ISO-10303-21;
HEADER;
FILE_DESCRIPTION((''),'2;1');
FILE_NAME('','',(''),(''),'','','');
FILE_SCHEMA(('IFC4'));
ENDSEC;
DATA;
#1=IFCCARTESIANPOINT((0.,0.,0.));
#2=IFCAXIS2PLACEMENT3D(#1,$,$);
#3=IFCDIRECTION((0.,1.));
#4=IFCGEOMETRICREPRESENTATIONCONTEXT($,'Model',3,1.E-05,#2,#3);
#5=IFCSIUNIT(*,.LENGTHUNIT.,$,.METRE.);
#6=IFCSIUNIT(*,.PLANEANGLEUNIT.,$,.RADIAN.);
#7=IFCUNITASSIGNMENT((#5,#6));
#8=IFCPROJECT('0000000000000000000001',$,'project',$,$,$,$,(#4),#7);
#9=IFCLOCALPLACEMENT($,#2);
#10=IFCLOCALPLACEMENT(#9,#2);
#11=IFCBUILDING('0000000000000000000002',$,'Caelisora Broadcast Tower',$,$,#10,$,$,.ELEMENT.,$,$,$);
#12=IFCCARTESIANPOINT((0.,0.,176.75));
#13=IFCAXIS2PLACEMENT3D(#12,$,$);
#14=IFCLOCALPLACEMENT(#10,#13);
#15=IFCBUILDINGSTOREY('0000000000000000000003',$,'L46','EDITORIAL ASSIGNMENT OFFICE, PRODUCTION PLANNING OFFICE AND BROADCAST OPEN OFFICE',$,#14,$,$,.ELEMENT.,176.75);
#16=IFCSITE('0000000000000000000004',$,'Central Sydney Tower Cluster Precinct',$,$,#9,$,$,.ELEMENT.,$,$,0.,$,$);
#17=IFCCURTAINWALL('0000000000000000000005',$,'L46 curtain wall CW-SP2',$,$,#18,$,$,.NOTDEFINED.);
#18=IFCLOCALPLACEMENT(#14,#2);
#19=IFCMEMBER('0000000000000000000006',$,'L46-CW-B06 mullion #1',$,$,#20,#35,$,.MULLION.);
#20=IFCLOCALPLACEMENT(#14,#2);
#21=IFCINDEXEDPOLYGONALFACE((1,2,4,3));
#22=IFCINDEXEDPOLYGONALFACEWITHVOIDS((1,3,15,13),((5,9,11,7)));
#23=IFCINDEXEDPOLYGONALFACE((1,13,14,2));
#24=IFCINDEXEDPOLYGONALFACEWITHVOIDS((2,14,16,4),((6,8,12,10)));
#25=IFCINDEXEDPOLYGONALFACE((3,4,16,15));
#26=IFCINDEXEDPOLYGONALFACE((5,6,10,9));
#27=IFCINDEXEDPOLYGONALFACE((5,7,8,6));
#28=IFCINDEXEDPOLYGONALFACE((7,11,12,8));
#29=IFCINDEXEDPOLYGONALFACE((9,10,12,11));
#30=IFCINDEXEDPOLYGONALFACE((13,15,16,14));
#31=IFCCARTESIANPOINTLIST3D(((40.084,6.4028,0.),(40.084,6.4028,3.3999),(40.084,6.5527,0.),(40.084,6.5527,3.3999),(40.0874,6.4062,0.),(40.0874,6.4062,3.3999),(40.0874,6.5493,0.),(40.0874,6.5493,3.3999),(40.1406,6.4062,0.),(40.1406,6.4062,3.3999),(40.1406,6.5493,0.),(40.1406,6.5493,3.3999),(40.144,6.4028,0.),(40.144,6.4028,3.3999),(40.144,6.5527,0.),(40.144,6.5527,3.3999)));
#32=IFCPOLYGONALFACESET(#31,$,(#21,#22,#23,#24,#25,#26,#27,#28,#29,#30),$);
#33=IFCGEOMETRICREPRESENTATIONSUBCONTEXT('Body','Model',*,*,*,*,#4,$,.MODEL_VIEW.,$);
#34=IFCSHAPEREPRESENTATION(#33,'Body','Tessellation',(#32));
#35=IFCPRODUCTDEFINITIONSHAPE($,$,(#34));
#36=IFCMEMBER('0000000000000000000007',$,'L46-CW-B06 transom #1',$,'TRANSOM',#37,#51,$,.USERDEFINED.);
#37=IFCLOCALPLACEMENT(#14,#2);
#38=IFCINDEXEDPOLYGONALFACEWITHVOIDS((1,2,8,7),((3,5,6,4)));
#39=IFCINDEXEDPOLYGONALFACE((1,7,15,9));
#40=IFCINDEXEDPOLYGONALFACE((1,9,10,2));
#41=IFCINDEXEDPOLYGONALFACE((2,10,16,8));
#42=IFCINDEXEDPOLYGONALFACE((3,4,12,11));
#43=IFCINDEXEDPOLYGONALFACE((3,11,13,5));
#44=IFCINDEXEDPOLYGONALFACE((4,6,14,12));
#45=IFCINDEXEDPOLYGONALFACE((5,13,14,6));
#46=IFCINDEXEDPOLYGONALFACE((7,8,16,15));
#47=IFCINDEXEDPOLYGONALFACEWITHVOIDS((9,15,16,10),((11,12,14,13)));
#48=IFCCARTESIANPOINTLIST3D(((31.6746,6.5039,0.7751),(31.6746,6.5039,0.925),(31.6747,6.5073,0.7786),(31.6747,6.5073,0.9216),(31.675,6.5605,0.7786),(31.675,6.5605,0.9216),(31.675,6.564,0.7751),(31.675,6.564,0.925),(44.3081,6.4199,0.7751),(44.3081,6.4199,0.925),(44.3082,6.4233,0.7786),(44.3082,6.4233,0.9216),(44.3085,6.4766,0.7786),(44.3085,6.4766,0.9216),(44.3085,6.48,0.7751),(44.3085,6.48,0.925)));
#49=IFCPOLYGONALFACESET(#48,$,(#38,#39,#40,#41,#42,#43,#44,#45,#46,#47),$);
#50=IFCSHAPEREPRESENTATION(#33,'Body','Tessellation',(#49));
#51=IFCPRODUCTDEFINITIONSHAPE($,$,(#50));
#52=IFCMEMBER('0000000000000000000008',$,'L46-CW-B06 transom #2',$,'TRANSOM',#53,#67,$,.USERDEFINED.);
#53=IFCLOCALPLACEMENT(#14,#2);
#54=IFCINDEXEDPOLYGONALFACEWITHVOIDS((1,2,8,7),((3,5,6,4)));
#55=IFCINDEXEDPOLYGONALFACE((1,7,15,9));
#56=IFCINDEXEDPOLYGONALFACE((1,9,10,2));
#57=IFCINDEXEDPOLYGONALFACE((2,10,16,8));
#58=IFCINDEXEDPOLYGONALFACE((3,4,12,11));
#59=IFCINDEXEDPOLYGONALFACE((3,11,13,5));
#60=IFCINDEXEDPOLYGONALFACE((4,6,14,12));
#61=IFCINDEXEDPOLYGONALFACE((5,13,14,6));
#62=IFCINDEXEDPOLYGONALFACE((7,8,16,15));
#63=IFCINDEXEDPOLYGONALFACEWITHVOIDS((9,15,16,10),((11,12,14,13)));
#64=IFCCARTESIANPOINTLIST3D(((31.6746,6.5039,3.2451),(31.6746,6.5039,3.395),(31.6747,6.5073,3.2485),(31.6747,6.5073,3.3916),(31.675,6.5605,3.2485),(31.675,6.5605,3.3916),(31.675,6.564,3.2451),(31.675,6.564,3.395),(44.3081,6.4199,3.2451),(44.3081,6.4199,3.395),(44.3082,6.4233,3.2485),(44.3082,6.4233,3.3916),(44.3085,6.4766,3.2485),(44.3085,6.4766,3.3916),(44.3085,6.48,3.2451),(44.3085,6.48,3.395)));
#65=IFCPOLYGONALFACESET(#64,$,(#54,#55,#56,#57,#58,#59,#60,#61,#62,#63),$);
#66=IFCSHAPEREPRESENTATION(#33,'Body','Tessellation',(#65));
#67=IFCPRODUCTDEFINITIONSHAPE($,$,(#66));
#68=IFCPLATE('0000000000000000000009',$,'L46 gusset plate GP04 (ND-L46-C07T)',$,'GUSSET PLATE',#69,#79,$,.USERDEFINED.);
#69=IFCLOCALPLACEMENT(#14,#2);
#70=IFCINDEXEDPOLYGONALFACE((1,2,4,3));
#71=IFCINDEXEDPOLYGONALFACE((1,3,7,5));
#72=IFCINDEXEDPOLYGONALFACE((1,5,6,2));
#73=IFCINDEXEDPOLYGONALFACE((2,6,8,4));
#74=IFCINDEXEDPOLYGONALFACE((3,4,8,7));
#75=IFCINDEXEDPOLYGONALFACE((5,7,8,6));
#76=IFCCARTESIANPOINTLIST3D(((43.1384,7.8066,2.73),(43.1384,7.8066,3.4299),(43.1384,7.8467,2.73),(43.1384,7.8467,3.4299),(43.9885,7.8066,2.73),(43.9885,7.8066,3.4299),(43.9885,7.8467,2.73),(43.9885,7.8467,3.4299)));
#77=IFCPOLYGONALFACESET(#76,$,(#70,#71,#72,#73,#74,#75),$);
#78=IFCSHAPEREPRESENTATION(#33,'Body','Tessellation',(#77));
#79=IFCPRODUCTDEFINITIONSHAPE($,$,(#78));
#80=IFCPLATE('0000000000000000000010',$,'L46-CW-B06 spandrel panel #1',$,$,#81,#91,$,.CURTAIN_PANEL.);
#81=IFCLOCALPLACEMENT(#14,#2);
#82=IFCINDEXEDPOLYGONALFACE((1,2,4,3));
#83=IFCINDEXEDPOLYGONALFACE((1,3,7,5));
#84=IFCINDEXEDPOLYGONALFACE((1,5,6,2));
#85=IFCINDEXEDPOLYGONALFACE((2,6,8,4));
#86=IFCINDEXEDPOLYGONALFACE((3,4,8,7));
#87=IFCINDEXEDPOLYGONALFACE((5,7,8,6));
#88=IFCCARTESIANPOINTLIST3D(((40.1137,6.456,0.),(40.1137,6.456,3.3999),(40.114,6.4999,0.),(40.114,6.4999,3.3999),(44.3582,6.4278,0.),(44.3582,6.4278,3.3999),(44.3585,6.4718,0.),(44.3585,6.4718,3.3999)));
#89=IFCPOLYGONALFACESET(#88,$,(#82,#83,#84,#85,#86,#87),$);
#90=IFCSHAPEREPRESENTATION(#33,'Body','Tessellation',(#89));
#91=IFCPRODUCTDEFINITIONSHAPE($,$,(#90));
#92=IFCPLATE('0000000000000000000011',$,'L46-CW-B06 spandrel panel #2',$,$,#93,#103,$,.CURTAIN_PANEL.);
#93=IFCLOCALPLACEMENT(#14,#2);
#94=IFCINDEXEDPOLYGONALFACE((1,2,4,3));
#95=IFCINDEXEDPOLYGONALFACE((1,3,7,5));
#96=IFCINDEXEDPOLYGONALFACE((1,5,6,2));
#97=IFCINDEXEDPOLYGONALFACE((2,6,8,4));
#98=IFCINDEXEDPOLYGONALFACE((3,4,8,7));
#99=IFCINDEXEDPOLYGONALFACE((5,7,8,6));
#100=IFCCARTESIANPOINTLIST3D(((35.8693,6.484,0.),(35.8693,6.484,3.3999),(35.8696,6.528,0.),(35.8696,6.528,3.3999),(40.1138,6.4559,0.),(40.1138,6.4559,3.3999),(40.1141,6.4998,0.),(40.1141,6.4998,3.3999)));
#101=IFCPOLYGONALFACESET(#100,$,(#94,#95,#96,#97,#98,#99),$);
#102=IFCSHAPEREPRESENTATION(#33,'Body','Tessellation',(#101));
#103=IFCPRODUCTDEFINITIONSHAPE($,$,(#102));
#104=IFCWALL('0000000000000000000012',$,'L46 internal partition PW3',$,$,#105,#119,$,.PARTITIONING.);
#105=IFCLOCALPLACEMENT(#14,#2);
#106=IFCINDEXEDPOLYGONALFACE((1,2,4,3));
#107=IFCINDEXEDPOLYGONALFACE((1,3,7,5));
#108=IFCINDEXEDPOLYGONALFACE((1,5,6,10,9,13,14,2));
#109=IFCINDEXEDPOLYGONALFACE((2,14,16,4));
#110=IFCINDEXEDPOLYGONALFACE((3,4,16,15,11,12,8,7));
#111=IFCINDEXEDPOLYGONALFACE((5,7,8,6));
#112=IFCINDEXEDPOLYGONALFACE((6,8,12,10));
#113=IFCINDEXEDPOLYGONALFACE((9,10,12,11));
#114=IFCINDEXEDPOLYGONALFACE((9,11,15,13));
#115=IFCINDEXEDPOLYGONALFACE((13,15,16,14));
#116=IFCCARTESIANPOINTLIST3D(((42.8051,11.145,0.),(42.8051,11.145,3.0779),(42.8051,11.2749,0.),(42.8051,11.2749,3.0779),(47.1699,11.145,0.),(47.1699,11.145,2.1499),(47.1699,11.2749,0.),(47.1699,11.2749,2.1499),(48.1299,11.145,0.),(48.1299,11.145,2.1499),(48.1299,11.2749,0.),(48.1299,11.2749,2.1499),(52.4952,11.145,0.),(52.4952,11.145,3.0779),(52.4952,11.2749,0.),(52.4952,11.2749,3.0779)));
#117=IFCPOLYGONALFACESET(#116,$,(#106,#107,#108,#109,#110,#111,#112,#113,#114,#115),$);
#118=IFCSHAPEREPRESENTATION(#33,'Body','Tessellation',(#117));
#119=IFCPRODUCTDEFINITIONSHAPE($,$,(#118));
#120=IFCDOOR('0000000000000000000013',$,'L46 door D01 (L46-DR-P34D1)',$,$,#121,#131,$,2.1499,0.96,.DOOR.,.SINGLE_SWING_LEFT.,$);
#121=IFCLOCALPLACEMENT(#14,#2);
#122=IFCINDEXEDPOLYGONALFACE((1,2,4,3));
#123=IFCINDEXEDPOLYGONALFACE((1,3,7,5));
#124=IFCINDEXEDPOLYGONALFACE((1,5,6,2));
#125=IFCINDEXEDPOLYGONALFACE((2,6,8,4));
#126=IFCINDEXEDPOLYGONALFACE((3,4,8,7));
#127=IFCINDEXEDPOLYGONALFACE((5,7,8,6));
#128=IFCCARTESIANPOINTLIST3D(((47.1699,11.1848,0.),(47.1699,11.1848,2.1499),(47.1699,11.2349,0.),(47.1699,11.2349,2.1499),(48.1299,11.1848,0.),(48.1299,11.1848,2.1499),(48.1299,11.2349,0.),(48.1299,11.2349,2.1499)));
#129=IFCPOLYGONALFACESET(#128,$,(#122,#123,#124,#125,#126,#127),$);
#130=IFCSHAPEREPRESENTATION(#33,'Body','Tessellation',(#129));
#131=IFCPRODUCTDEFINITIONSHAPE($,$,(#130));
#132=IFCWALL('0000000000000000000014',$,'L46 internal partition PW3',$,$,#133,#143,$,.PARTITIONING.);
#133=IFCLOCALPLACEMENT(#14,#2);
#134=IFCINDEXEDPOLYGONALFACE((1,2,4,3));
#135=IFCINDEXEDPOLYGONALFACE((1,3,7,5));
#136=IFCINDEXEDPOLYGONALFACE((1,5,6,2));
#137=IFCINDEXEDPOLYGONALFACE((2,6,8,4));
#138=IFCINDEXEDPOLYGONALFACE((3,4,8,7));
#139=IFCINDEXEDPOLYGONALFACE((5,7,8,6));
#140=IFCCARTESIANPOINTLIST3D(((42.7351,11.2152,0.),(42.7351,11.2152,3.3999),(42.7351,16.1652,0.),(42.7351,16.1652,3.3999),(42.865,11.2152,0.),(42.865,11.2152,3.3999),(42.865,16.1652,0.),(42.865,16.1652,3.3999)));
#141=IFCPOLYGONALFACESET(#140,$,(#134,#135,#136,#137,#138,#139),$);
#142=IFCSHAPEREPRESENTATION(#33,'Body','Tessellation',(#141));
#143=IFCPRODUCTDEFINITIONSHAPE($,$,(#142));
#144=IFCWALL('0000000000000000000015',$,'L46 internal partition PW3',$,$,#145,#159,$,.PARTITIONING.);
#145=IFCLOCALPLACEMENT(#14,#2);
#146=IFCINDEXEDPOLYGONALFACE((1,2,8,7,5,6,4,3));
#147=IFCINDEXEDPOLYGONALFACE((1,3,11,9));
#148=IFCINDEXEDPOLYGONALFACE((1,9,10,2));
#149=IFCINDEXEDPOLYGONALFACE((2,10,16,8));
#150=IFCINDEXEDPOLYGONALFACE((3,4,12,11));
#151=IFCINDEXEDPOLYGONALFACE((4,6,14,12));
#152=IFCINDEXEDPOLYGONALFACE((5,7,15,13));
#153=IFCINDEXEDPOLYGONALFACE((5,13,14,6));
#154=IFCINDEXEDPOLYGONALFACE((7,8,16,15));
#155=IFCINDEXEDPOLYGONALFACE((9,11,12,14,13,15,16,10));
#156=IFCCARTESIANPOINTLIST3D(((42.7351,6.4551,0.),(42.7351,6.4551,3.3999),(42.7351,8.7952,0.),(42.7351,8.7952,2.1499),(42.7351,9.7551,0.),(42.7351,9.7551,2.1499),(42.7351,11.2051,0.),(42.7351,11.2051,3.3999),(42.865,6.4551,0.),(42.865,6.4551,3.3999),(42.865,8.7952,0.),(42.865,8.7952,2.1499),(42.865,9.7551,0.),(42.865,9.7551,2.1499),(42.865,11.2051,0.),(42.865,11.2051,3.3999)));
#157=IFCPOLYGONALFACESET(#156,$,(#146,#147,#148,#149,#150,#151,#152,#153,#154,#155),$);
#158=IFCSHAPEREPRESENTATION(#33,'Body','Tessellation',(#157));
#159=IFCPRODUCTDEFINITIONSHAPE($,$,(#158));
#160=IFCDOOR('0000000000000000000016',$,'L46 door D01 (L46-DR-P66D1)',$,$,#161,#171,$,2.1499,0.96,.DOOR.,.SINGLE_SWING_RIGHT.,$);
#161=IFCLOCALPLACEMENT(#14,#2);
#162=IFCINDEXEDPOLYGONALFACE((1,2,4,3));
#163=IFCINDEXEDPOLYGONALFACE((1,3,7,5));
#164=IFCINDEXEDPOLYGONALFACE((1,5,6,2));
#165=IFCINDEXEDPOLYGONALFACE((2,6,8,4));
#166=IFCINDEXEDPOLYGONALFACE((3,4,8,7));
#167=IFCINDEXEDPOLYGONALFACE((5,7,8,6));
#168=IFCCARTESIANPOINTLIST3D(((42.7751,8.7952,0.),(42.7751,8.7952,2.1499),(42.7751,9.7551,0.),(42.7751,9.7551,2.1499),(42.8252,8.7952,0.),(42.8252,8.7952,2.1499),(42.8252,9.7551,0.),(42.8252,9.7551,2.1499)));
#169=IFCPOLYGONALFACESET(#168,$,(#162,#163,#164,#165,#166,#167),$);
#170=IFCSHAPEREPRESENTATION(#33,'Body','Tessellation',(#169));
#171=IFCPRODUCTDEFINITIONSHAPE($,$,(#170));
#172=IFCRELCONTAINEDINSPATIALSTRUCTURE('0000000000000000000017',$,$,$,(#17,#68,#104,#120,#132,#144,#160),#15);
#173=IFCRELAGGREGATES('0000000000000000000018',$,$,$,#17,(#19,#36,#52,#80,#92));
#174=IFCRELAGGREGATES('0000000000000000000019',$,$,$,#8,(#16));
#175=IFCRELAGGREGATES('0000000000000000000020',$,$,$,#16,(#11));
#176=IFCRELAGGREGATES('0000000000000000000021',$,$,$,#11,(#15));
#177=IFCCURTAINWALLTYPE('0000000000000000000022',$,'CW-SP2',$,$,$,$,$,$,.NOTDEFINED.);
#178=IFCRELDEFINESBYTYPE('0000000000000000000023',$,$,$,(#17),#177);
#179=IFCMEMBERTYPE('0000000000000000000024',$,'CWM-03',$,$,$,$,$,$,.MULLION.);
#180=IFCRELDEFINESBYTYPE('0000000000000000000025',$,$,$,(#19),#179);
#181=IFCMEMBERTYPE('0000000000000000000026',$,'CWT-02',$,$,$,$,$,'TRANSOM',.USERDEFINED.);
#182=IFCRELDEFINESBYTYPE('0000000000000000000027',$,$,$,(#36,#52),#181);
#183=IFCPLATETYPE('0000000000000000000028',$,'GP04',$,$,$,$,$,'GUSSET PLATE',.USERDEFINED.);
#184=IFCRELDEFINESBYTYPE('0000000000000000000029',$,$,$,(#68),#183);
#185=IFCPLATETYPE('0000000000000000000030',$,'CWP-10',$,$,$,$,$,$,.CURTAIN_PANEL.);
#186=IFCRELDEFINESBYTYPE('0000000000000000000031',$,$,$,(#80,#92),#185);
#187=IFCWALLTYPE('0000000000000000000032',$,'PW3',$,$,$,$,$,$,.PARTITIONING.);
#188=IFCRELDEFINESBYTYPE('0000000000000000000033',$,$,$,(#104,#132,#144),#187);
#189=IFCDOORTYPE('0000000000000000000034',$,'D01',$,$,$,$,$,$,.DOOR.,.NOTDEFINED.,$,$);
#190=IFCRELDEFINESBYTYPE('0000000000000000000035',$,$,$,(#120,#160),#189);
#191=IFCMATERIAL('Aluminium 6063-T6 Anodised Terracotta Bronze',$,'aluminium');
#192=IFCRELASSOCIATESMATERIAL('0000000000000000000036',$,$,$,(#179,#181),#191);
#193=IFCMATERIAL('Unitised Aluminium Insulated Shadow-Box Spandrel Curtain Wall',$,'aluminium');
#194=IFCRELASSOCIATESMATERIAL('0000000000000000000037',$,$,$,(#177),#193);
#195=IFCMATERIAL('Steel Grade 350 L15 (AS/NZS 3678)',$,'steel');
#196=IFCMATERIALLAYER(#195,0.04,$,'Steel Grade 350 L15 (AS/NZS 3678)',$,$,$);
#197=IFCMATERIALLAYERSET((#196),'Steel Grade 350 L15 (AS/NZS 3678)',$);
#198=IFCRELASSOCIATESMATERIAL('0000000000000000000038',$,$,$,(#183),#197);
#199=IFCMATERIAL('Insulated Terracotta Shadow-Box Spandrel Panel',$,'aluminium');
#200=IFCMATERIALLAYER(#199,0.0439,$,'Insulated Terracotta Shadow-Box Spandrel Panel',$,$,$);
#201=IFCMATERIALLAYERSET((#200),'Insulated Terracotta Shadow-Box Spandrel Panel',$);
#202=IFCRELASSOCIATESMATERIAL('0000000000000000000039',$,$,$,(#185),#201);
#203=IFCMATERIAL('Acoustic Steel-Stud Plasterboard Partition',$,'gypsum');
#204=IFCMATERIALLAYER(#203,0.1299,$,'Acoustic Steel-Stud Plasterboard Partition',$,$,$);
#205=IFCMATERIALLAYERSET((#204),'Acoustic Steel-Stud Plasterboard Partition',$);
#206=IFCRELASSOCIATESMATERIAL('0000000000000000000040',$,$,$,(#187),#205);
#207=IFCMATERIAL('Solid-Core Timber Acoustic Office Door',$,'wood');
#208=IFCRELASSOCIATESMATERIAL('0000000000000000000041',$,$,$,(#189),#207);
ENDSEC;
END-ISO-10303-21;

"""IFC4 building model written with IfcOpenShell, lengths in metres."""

from ifc_helpers import new_model, si_unit, direction, frame, frame_2d, origin, origin_2d, place, context, subcontext, project, spatial, rectangle, hollow_rectangle, extrude, source, transform, mapped, material, layer, layer_set, material_profile, profile_set, type_object, type_shapes, element, fill, aggregate, save


model = new_model("IFC4")

# Units and contexts
model_context = context("Model", 3, precision=1e-05, world=origin(), true_north=direction((0.0, 1.0)))
body_context = subcontext(model_context, "Body", "Model", "MODEL_VIEW")
ifc_project = project(units=[si_unit("LENGTHUNIT", "METRE"), si_unit("PLANEANGLEUNIT", "RADIAN")], contexts=[model_context])

# Site, building, storey
site_placement = place(None, origin())
site = spatial("IfcSite", under=ifc_project, at=site_placement, Name="Central Sydney Tower Cluster Precinct", CompositionType="ELEMENT", RefElevation=0.0)
building_placement = place(site_placement, origin())
building = spatial("IfcBuilding", under=site, at=building_placement, Name="Caelisora Broadcast Tower", CompositionType="ELEMENT")
storey_placement = place(building_placement, frame((0.0, 0.0, 176.75)))
storey = spatial("IfcBuildingStorey", under=building, at=storey_placement, Name="L46", Description="EDITORIAL ASSIGNMENT OFFICE, PRODUCTION PLANNING OFFICE AND BROADCAST OPEN OFFICE", CompositionType="ELEMENT", Elevation=176.75)

# Shared definitions
ifc_material_1 = material(Name="Steel Grade 350 L15 (AS/NZS 3678)", Category="steel")

# Shared definitions
ifc_material_2 = material(Name="Aluminium 6063-T6 Anodised Terracotta Bronze", Category="aluminium")
ifc_material_profile_1 = material_profile(ifc_material_2, hollow_rectangle(XDim=0.0601, YDim=0.1499, WallThickness=0.0034, at=origin_2d()), Name="Aluminium 6063-T6 Anodised Terracotta Bronze")
ifc_profile_set_1 = profile_set([ifc_material_profile_1], Name="Aluminium 6063-T6 Anodised Terracotta Bronze")
member_type_1 = type_object("IfcMemberType", Name="CWM-03", PredefinedType="MULLION", material=ifc_profile_set_1)
shared_shape_1 = source(origin(), body_context, "Body", "SweptSolid", [
    extrude(hollow_rectangle(XDim=0.0601, YDim=0.1499, WallThickness=0.0034, at=origin_2d()), origin(), (0.0, 0.0, 1.0), 3.3999),
])
type_shapes(member_type_1, [shared_shape_1])

# Curtain wall, members
ifc_material_3 = material(Name="Unitised Aluminium Insulated Shadow-Box Spandrel Curtain Wall", Category="aluminium")
curtain_wall_type_1 = type_object("IfcCurtainWallType", Name="CW-SP2", PredefinedType="NOTDEFINED", material=ifc_material_3)
curtain_wall_1_placement = place(storey_placement, origin())
curtain_wall_1 = element("IfcCurtainWall", 1, at=curtain_wall_1_placement, inside=storey, type_object=curtain_wall_type_1, Name="L46 curtain wall CW-SP2", PredefinedType="NOTDEFINED")
member_1_placement = place(storey_placement, frame((40.114, 6.4778, 0.0), z_axis=(0.0, 0.0, 1.0), x_axis=(1.0, 0.0, 0.0)))
member_1 = element("IfcMember", 2, at=member_1_placement, type_object=member_type_1, Name="L46-CW-B06 mullion #1", PredefinedType="MULLION", context=body_context, shape_type="MappedRepresentation", body=[
    mapped(shared_shape_1, transform((0.0, 0.0, 0.0), scale=1.0)),
])
ifc_material_profile_2 = material_profile(ifc_material_2, hollow_rectangle(XDim=0.0601, YDim=0.1499, WallThickness=0.0034, at=origin_2d()), Name="Aluminium 6063-T6 Anodised Terracotta Bronze")
ifc_profile_set_2 = profile_set([ifc_material_profile_2], Name="Aluminium 6063-T6 Anodised Terracotta Bronze")
member_type_2 = type_object("IfcMemberType", Name="CWT-02", ElementType="TRANSOM", PredefinedType="USERDEFINED", material=ifc_profile_set_2)
shared_shape_2 = source(origin(), body_context, "Body", "SweptSolid", [
    extrude(hollow_rectangle(XDim=0.0601, YDim=0.1499, WallThickness=0.0034, at=origin_2d()), origin(), (0.0, 0.0, 1.0), 12.6338),
])
type_shapes(member_type_2, [shared_shape_2])
member_2_placement = place(storey_placement, frame((44.3083, 6.45, 0.8501), z_axis=(-0.999978, 0.006648, 0.0), x_axis=(-0.006648, -0.999978, 0.0)))
member_2 = element("IfcMember", 3, at=member_2_placement, type_object=member_type_2, Name="L46-CW-B06 transom #1", ObjectType="TRANSOM", PredefinedType="USERDEFINED", context=body_context, shape_type="MappedRepresentation", body=[
    mapped(shared_shape_2, transform((0.0, 0.0, 0.0), scale=1.0)),
])
member_3_placement = place(storey_placement, frame((44.3083, 6.45, 3.3201), z_axis=(-0.999978, 0.006648, 0.0), x_axis=(-0.006648, -0.999978, 0.0)))
member_3 = element("IfcMember", 4, at=member_3_placement, type_object=member_type_2, Name="L46-CW-B06 transom #2", ObjectType="TRANSOM", PredefinedType="USERDEFINED", context=body_context, shape_type="MappedRepresentation", body=[
    mapped(shared_shape_2, transform((0.0, 0.0, 0.0), scale=1.0)),
])

# Plates
ifc_layer_1 = layer(ifc_material_1, 0.04, Name="Steel Grade 350 L15 (AS/NZS 3678)")
ifc_layer_set_1 = layer_set([ifc_layer_1], Name="Steel Grade 350 L15 (AS/NZS 3678)")
plate_type_1 = type_object("IfcPlateType", Name="GP04", ElementType="GUSSET PLATE", PredefinedType="USERDEFINED", material=ifc_layer_set_1)
shared_shape_3 = source(origin(), body_context, "Body", "SweptSolid", [
    extrude(rectangle(XDim=0.8501, YDim=0.04, at=origin_2d()), origin(), (0.0, 0.0, 1.0), 0.7),
])
type_shapes(plate_type_1, [shared_shape_3])
plate_1_placement = place(storey_placement, frame((43.5635, 7.8267, 2.73), z_axis=(0.0, 0.0, 1.0), x_axis=(1.0, 0.0, 0.0)))
element("IfcPlate", 5, at=plate_1_placement, inside=storey, type_object=plate_type_1, Name="L46 gusset plate GP04 (ND-L46-C07T)", ObjectType="GUSSET PLATE", PredefinedType="USERDEFINED", context=body_context, shape_type="MappedRepresentation", body=[
    mapped(shared_shape_3, transform((0.0, 0.0, 0.0), scale=1.0)),
])
ifc_material_4 = material(Name="Insulated Terracotta Shadow-Box Spandrel Panel", Category="aluminium")
ifc_layer_2 = layer(ifc_material_4, 0.0439, Name="Insulated Terracotta Shadow-Box Spandrel Panel")
ifc_layer_set_2 = layer_set([ifc_layer_2], Name="Insulated Terracotta Shadow-Box Spandrel Panel")
plate_type_2 = type_object("IfcPlateType", Name="CWP-10", PredefinedType="CURTAIN_PANEL", material=ifc_layer_set_2)
shared_shape_4 = source(origin(), body_context, "Body", "SweptSolid", [
    extrude(rectangle(XDim=4.2446, YDim=0.0439, at=origin_2d()), origin(), (0.0, 0.0, 1.0), 3.3999),
])
type_shapes(plate_type_2, [shared_shape_4])
plate_2_placement = place(storey_placement, frame((42.2361, 6.4639, 0.0), z_axis=(0.0, 0.0, 1.0), x_axis=(-0.999978, 0.006632, 0.0)))
plate_2 = element("IfcPlate", 6, at=plate_2_placement, type_object=plate_type_2, Name="L46-CW-B06 spandrel panel #1", PredefinedType="CURTAIN_PANEL", context=body_context, shape_type="MappedRepresentation", body=[
    mapped(shared_shape_4, transform((0.0, 0.0, 0.0), scale=1.0)),
])
plate_3_placement = place(storey_placement, frame((37.9917, 6.4919, 0.0), z_axis=(0.0, 0.0, 1.0), x_axis=(-0.999978, 0.006632, 0.0)))
plate_3 = element("IfcPlate", 7, at=plate_3_placement, type_object=plate_type_2, Name="L46-CW-B06 spandrel panel #2", PredefinedType="CURTAIN_PANEL", context=body_context, shape_type="MappedRepresentation", body=[
    mapped(shared_shape_4, transform((0.0, 0.0, 0.0), scale=1.0)),
])
aggregate(curtain_wall_1, [member_1, member_2, member_3, plate_2, plate_3])

# Wall, opening, door
ifc_material_5 = material(Name="Acoustic Steel-Stud Plasterboard Partition", Category="gypsum")
ifc_layer_3 = layer(ifc_material_5, 0.1299, Name="Acoustic Steel-Stud Plasterboard Partition")
ifc_layer_set_3 = layer_set([ifc_layer_3], Name="Acoustic Steel-Stud Plasterboard Partition")
wall_type = type_object("IfcWallType", Name="PW3", PredefinedType="PARTITIONING", material=ifc_layer_set_3)
wall_1_placement = place(storey_placement, frame((42.8049, 11.21, 0.0), z_axis=(0.0, 0.0, 1.0), x_axis=(1.0, 0.0, 0.0)))
wall_1 = element("IfcWall", 8, at=wall_1_placement, inside=storey, type_object=wall_type, Name="L46 internal partition PW3", PredefinedType="PARTITIONING", context=body_context, shape_type="SweptSolid", body=[
    extrude(rectangle(XDim=9.6902, YDim=0.1299, at=frame_2d((4.8452, 0.0))), origin(), (0.0, 0.0, 1.0), 3.0779),
])
opening_1_placement = place(wall_1_placement, frame((4.365, 0.0, 0.0)))
opening_1 = element("IfcOpeningElement", 9, at=opening_1_placement, cuts=wall_1, PredefinedType="OPENING", context=body_context, shape_type="SweptSolid", body=[
    extrude(rectangle(XDim=0.96, YDim=2.1499, at=frame_2d((0.48, 1.075))), frame((0.0, 0.0769, 0.0), z_axis=(0.0, -1.0, 0.0), x_axis=(1.0, 0.0, 0.0)), (0.0, 0.0, 1.0), 0.1538),
])
ifc_material_6 = material(Name="Solid-Core Timber Acoustic Office Door", Category="wood")
door_type = type_object("IfcDoorType", Name="D01", OperationType="NOTDEFINED", PredefinedType="DOOR", material=ifc_material_6)
door_1_placement = place(opening_1_placement, origin())
door_1 = element("IfcDoor", 10, at=door_1_placement, inside=storey, type_object=door_type, Name="L46 door D01 (L46-DR-P34D1)", OperationType="SINGLE_SWING_LEFT", OverallHeight=2.1499, OverallWidth=0.96, PredefinedType="DOOR", context=body_context, shape_type="SweptSolid", body=[
    extrude(rectangle(XDim=0.96, YDim=2.1499, at=frame_2d((0.48, 1.075))), frame((0.0, 0.0249, 0.0), z_axis=(0.0, -1.0, 0.0), x_axis=(1.0, 0.0, 0.0)), (0.0, 0.0, 1.0), 0.05),
])
fill(opening_1, door_1)

# Wall
wall_2_placement = place(storey_placement, frame((42.8, 11.2151, 0.0), z_axis=(0.0, 0.0, 1.0), x_axis=(0.0, 1.0, 0.0)))
element("IfcWall", 11, at=wall_2_placement, inside=storey, type_object=wall_type, Name="L46 internal partition PW3", PredefinedType="PARTITIONING", context=body_context, shape_type="SweptSolid", body=[
    extrude(rectangle(XDim=4.95, YDim=0.1299, at=frame_2d((2.4751, 0.0))), origin(), (0.0, 0.0, 1.0), 3.3999),
])

# Wall, opening, door
wall_3_placement = place(storey_placement, frame((42.8, 6.4551, 0.0), z_axis=(0.0, 0.0, 1.0), x_axis=(0.0, 1.0, 0.0)))
wall_3 = element("IfcWall", 12, at=wall_3_placement, inside=storey, type_object=wall_type, Name="L46 internal partition PW3", PredefinedType="PARTITIONING", context=body_context, shape_type="SweptSolid", body=[
    extrude(rectangle(XDim=4.75, YDim=0.1299, at=frame_2d((2.375, 0.0))), origin(), (0.0, 0.0, 1.0), 3.3999),
])
opening_2_placement = place(wall_3_placement, frame((2.3401, 0.0, 0.0)))
opening_2 = element("IfcOpeningElement", 13, at=opening_2_placement, cuts=wall_3, PredefinedType="OPENING", context=body_context, shape_type="SweptSolid", body=[
    extrude(rectangle(XDim=0.96, YDim=2.1499, at=frame_2d((0.48, 1.075))), frame((0.0, 0.0769, 0.0), z_axis=(0.0, -1.0, 0.0), x_axis=(1.0, 0.0, 0.0)), (0.0, 0.0, 1.0), 0.1538),
])
door_2_placement = place(opening_2_placement, origin())
door_2 = element("IfcDoor", 14, at=door_2_placement, inside=storey, type_object=door_type, Name="L46 door D01 (L46-DR-P66D1)", OperationType="SINGLE_SWING_RIGHT", OverallHeight=2.1499, OverallWidth=0.96, PredefinedType="DOOR", context=body_context, shape_type="SweptSolid", body=[
    extrude(rectangle(XDim=0.96, YDim=2.1499, at=frame_2d((0.48, 1.075))), frame((0.0, 0.0249, 0.0), z_axis=(0.0, -1.0, 0.0), x_axis=(1.0, 0.0, 0.0)), (0.0, 0.0, 1.0), 0.05),
])
fill(opening_2, door_2)

save(model, "model.ifc")
